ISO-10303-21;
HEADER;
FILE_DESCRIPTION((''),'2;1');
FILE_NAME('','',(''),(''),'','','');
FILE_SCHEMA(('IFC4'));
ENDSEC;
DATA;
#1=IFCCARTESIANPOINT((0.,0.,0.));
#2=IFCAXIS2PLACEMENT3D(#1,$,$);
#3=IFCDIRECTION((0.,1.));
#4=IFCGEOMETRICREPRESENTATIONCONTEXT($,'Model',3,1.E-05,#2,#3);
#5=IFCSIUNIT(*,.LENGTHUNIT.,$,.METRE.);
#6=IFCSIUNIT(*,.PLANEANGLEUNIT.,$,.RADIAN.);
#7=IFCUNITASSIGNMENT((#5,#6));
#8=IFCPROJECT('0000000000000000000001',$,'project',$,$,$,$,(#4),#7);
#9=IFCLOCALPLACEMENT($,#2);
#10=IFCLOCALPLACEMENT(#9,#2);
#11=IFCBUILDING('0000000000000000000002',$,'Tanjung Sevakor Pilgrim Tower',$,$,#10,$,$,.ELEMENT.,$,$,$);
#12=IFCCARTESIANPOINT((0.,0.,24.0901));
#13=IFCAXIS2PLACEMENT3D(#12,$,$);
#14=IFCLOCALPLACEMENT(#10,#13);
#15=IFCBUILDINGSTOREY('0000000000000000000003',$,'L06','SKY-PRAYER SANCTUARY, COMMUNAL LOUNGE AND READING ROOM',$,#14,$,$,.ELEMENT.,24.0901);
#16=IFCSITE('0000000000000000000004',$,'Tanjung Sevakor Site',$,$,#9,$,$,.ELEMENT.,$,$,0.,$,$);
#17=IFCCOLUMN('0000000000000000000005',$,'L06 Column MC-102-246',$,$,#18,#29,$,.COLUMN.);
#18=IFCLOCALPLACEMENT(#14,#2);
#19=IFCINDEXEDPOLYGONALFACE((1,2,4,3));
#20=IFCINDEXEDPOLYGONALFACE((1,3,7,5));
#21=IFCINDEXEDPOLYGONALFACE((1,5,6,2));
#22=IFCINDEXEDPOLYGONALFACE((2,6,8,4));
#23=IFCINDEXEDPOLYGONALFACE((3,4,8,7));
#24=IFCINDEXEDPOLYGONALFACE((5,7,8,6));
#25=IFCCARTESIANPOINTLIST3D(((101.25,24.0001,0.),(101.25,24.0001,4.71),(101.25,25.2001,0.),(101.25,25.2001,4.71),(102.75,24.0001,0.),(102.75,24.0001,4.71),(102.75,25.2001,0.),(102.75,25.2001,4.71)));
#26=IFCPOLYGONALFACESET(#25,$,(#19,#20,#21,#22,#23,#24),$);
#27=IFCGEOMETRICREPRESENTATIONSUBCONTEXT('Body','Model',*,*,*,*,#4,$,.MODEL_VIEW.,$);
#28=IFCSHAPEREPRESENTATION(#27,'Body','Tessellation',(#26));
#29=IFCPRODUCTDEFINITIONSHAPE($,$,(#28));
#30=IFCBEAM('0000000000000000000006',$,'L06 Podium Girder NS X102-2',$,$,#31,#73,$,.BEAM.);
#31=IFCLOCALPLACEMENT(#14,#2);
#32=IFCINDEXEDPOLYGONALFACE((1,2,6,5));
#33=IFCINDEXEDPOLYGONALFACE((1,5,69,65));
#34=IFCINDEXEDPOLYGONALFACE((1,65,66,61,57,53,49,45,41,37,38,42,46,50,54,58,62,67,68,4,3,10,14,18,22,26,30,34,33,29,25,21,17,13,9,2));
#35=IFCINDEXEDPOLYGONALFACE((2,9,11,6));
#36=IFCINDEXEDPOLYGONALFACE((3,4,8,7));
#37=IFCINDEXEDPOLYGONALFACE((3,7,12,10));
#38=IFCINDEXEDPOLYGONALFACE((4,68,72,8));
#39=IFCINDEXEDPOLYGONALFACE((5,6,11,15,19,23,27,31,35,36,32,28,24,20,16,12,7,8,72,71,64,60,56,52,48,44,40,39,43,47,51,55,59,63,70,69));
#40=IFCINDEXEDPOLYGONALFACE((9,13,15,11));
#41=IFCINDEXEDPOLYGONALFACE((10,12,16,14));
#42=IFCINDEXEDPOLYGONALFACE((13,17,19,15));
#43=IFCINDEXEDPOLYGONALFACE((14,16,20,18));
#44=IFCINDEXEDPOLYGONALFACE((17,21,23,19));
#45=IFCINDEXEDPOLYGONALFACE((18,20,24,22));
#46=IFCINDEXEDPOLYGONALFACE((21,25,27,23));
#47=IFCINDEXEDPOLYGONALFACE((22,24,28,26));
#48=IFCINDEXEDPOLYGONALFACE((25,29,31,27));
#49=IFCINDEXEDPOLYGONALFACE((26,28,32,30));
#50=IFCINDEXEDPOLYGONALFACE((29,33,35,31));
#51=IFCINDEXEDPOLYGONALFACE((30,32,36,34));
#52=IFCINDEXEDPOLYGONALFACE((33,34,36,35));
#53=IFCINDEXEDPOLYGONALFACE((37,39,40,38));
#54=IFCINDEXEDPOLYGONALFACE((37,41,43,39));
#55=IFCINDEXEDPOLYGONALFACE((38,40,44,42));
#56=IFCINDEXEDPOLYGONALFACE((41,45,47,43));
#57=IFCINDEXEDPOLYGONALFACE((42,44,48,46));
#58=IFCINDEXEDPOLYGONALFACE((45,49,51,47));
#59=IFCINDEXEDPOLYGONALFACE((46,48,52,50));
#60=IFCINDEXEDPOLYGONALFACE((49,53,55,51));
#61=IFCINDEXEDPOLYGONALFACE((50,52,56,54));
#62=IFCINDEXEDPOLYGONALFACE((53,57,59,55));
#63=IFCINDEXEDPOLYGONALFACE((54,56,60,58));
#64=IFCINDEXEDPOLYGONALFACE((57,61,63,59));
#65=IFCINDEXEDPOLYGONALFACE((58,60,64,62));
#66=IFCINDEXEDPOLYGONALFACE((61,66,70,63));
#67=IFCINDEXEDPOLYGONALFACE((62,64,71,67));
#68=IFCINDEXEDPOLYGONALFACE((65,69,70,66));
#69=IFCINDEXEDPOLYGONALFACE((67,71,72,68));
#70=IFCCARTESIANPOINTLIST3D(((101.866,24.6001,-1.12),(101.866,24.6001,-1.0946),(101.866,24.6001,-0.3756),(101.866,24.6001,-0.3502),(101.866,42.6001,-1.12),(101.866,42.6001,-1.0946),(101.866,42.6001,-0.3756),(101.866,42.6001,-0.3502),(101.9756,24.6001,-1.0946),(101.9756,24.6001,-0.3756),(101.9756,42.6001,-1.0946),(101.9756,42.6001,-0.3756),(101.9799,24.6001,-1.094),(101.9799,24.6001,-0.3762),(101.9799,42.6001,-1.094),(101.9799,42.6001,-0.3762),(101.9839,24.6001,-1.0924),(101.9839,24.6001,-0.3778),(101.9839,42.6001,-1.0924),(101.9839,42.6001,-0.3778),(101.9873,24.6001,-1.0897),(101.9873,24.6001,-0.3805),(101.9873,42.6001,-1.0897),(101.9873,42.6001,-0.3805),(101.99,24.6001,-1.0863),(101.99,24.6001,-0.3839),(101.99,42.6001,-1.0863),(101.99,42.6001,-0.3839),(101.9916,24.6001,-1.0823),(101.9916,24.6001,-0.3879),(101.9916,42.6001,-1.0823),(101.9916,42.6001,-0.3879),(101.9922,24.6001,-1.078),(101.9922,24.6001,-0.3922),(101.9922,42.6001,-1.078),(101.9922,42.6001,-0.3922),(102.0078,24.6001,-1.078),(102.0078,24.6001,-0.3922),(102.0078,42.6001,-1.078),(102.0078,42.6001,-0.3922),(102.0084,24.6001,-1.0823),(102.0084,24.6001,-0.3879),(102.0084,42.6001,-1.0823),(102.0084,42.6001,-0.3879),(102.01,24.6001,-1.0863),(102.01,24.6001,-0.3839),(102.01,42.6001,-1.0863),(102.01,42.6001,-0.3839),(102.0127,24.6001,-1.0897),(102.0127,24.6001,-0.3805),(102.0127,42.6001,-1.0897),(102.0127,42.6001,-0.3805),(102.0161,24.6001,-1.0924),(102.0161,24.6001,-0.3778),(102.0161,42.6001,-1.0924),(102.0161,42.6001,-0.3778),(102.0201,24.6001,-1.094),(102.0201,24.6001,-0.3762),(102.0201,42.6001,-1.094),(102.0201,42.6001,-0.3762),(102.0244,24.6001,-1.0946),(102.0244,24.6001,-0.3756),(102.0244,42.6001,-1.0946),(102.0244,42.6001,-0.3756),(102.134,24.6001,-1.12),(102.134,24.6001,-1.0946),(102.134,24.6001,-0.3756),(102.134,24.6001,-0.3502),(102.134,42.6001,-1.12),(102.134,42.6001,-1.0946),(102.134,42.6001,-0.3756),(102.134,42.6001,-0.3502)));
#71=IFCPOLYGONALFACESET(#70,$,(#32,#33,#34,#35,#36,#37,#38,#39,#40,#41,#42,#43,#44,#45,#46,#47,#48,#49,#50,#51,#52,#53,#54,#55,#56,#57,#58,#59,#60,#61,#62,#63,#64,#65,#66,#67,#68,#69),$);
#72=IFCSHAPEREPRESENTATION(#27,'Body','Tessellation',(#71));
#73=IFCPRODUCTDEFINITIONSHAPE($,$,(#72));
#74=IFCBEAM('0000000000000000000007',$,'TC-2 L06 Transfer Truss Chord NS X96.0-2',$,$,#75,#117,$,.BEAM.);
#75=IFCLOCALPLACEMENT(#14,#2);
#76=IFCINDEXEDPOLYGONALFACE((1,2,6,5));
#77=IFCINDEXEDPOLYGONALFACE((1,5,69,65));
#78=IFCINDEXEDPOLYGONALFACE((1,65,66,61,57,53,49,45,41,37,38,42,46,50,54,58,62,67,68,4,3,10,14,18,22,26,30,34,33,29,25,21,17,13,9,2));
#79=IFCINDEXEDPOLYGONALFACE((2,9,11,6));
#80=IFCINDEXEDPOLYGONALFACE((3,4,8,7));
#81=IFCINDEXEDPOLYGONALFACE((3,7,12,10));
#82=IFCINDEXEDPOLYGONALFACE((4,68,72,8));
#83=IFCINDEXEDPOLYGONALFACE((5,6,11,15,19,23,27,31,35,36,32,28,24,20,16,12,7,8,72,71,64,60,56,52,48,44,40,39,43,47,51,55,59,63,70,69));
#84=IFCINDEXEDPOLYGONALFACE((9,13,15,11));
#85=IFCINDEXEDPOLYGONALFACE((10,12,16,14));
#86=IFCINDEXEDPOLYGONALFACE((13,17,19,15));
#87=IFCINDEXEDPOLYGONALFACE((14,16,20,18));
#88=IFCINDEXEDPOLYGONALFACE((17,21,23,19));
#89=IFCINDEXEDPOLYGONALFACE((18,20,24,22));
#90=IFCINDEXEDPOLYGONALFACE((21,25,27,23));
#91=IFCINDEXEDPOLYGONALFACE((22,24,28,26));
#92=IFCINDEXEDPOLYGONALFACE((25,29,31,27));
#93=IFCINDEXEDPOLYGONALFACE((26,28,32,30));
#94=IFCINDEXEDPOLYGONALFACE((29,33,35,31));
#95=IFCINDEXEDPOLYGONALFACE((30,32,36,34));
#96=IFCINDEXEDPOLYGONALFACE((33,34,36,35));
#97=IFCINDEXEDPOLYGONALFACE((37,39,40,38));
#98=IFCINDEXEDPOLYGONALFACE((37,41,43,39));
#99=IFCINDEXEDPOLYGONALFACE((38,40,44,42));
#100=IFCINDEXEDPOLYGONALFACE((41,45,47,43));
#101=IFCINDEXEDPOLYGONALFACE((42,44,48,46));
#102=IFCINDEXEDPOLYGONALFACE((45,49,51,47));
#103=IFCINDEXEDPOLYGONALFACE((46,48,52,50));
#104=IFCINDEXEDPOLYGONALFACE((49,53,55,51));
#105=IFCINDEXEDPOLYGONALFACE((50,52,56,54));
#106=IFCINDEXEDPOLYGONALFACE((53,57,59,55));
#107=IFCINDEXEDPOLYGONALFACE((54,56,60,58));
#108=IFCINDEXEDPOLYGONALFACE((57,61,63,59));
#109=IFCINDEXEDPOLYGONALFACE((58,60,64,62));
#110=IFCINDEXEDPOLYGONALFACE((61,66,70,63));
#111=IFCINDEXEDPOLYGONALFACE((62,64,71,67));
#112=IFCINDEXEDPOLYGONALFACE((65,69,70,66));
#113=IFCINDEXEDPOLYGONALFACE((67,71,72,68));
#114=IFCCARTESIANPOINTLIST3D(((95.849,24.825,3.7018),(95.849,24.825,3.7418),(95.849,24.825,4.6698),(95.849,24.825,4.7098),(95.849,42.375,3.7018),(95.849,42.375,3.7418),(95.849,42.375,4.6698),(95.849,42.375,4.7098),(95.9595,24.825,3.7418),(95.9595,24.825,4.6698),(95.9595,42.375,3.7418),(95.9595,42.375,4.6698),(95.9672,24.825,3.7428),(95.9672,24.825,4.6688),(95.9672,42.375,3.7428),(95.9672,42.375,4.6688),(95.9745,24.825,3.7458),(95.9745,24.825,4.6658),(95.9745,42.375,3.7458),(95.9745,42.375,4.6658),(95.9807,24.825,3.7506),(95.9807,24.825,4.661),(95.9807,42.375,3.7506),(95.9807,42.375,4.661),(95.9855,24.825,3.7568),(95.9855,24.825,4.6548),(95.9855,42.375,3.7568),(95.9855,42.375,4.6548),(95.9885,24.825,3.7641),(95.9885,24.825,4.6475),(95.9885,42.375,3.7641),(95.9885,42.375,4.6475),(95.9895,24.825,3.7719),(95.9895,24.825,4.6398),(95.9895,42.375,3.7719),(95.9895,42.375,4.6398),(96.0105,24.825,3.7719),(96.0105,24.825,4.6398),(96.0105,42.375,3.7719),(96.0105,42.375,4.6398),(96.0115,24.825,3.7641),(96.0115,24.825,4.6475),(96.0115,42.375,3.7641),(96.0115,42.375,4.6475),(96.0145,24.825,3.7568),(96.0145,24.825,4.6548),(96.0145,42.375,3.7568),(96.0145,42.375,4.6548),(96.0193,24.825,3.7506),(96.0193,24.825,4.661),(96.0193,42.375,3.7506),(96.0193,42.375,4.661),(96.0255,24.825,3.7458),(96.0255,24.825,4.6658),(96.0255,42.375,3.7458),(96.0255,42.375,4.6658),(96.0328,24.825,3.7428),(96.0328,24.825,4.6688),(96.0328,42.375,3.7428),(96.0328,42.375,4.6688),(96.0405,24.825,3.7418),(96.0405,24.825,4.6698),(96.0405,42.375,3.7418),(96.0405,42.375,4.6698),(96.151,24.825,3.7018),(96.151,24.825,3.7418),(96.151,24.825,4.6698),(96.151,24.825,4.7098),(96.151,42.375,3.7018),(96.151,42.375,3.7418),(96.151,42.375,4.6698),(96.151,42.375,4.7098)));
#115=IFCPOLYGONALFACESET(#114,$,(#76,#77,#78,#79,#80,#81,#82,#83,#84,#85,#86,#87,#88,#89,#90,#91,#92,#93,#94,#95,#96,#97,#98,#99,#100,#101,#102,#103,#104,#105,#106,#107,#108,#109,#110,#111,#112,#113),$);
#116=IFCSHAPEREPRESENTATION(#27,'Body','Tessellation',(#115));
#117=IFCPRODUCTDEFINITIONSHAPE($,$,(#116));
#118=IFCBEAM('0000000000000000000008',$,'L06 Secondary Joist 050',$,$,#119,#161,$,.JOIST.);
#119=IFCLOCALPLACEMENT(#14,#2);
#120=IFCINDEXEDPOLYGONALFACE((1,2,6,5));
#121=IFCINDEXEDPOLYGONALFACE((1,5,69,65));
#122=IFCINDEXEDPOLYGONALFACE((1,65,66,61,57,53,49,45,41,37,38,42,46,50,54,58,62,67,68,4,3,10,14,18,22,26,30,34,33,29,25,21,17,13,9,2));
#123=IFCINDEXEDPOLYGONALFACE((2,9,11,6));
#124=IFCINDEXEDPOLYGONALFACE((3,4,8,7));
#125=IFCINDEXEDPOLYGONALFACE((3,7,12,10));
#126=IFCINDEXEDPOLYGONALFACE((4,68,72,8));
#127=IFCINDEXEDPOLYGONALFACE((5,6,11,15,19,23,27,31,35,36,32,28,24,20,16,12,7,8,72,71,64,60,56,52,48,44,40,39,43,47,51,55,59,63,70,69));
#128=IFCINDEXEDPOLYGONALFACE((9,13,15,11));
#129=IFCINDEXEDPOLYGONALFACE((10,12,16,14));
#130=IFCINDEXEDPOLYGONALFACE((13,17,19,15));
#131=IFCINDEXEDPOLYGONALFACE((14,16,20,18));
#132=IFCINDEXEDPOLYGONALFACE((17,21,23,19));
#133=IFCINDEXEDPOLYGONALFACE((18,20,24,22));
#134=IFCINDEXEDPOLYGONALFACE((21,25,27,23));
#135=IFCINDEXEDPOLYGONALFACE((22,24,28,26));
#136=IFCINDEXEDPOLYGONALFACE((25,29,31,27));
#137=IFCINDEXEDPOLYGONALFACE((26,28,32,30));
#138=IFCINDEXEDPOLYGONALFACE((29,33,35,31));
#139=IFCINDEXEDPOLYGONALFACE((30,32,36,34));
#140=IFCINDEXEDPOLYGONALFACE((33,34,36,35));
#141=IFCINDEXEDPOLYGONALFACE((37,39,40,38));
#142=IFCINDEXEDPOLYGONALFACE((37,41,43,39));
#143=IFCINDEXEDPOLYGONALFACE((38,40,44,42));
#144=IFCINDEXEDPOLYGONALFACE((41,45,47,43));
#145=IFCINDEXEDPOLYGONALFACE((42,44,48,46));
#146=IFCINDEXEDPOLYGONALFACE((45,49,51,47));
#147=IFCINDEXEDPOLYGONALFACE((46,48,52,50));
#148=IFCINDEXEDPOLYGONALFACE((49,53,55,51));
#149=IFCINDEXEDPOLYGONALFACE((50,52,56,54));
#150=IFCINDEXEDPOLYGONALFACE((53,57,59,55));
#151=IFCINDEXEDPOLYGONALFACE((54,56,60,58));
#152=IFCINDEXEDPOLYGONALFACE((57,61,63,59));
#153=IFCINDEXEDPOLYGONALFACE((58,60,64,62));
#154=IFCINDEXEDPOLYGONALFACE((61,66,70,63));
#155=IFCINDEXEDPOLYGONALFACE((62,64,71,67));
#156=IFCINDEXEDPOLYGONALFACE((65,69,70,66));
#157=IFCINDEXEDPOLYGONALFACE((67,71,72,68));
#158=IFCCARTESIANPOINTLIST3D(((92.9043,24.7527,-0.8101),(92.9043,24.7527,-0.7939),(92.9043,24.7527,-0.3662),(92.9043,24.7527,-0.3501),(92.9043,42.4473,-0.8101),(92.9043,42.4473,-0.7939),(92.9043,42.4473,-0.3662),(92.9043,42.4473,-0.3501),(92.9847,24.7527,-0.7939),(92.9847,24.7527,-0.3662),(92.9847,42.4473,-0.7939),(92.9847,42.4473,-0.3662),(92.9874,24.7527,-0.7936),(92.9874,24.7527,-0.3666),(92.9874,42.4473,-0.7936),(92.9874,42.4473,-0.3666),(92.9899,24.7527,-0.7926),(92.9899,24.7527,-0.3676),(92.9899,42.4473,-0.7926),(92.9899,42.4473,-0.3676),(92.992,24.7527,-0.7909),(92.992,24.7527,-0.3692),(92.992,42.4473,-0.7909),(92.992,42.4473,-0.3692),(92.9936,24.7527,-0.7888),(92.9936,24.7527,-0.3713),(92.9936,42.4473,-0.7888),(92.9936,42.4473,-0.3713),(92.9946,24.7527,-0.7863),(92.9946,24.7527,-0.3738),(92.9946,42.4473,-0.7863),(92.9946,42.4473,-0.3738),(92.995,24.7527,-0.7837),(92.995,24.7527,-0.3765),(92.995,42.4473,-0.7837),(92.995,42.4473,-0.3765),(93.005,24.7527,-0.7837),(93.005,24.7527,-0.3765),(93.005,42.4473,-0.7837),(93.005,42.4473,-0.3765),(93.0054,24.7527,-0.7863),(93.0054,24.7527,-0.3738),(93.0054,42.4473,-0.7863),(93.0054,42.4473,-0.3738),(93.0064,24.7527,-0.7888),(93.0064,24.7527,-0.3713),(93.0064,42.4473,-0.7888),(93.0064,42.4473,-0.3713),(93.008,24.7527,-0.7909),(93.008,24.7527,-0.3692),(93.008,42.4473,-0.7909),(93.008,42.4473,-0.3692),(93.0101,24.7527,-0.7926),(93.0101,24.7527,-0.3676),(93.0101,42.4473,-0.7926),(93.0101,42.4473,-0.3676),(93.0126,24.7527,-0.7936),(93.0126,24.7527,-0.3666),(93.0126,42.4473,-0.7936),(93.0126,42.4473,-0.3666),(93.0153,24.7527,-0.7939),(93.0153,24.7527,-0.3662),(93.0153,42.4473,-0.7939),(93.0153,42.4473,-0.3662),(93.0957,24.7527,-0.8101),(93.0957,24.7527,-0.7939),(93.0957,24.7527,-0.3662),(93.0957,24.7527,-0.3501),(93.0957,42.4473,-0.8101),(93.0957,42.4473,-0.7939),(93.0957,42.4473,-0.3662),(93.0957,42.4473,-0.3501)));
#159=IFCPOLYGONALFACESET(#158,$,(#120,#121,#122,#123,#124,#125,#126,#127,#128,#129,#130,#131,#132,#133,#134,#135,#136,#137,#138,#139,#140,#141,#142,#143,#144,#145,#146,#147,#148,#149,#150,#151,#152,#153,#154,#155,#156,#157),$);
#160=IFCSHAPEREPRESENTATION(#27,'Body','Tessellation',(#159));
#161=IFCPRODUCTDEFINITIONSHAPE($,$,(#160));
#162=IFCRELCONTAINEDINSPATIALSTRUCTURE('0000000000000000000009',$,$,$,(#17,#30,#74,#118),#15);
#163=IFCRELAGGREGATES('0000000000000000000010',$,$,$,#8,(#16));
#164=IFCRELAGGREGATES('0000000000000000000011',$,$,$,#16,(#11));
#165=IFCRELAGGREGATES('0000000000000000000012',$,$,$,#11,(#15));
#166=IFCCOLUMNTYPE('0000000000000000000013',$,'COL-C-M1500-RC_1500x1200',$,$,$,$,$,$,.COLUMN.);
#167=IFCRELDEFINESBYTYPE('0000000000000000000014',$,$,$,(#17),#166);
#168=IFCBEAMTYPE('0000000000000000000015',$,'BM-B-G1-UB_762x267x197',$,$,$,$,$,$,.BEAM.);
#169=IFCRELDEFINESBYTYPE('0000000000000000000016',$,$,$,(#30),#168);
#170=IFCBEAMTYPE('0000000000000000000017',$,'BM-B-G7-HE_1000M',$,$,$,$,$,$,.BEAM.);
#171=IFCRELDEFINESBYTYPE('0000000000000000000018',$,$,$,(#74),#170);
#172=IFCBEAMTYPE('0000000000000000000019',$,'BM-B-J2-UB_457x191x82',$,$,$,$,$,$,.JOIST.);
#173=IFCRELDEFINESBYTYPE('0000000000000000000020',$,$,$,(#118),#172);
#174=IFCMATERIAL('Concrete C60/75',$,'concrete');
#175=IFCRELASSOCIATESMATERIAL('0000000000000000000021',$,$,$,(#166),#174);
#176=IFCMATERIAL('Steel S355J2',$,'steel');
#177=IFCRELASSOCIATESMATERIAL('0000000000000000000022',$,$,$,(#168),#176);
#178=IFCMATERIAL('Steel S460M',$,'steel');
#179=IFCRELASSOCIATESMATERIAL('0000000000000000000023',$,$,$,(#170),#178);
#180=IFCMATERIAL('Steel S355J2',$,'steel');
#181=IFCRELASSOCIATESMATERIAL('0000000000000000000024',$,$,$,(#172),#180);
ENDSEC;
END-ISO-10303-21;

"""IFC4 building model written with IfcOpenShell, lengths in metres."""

from ifc_helpers import new_model, si_unit, direction, frame, origin, origin_2d, place, context, subcontext, project, spatial, rectangle, i_section, extrude, material, material_profile, profile_set, type_object, element, save


model = new_model("IFC4")

# Units and contexts
model_context = context("Model", 3, precision=1e-05, world=origin(), true_north=direction((0.0, 1.0)))
body_context = subcontext(model_context, "Body", "Model", "MODEL_VIEW")
ifc_project = project(units=[si_unit("LENGTHUNIT", "METRE"), si_unit("PLANEANGLEUNIT", "RADIAN")], contexts=[model_context])

# Site, building, storey
site_placement = place(None, origin())
site = spatial("IfcSite", under=ifc_project, at=site_placement, Name="Tanjung Sevakor Site", CompositionType="ELEMENT", RefElevation=0.0)
building_placement = place(site_placement, origin())
building = spatial("IfcBuilding", under=site, at=building_placement, Name="Tanjung Sevakor Pilgrim Tower", CompositionType="ELEMENT")
storey_placement = place(building_placement, frame((0.0, 0.0, 24.0901)))
storey = spatial("IfcBuildingStorey", under=building, at=storey_placement, Name="L06", Description="SKY-PRAYER SANCTUARY, COMMUNAL LOUNGE AND READING ROOM", CompositionType="ELEMENT", Elevation=24.0901)

# Column
ifc_material_1 = material(Name="Concrete C60/75", Category="concrete")
ifc_material_profile_1 = material_profile(ifc_material_1, rectangle(XDim=1.5, YDim=1.2, at=origin_2d()))
ifc_profile_set_1 = profile_set([ifc_material_profile_1], Name="Concrete C60/75")
column_type = type_object("IfcColumnType", Name="COL-C-M1500-RC_1500x1200", PredefinedType="COLUMN", material=ifc_profile_set_1)
column_placement = place(storey_placement, frame((102.0, 24.6001, 0.0), z_axis=(0.0, 0.0, 1.0), x_axis=(1.0, 0.0, 0.0)))
element("IfcColumn", 1, at=column_placement, inside=storey, type_object=column_type, Name="L06 Column MC-102-246", PredefinedType="COLUMN", context=body_context, shape_type="SweptSolid", body=[
    extrude(rectangle(XDim=1.5, YDim=1.2, at=origin_2d()), origin(), (0.0, 0.0, 1.0), 4.71),
])

# Beams
ifc_material_2 = material(Name="Steel S355J2", Category="steel")
ifc_material_profile_2 = material_profile(ifc_material_2, i_section(OverallWidth=0.2681, OverallDepth=0.7698, WebThickness=0.0156, FlangeThickness=0.0254, FilletRadius=0.0166, at=origin_2d()))
ifc_profile_set_2 = profile_set([ifc_material_profile_2], Name="Steel S355J2")
beam_type_1 = type_object("IfcBeamType", Name="BM-B-G1-UB_762x267x197", PredefinedType="BEAM", material=ifc_profile_set_2)
beam_1_placement = place(storey_placement, frame((102.0, 24.6001, -0.7351), z_axis=(0.0, 1.0, 0.0), x_axis=(-1.0, 0.0, 0.0)))
element("IfcBeam", 2, at=beam_1_placement, inside=storey, type_object=beam_type_1, Name="L06 Podium Girder NS X102-2", PredefinedType="BEAM", context=body_context, shape_type="SweptSolid", body=[
    extrude(i_section(OverallWidth=0.2681, OverallDepth=0.7698, WebThickness=0.0156, FlangeThickness=0.0254, FilletRadius=0.0166, at=origin_2d()), origin(), (0.0, 0.0, 1.0), 18.0),
])
ifc_material_3 = material(Name="Steel S460M", Category="steel")
ifc_material_profile_3 = material_profile(ifc_material_3, i_section(OverallWidth=0.302, OverallDepth=1.0081, WebThickness=0.021, FlangeThickness=0.04, FilletRadius=0.03, at=origin_2d()))
ifc_profile_set_3 = profile_set([ifc_material_profile_3], Name="Steel S460M")
beam_type_2 = type_object("IfcBeamType", Name="BM-B-G7-HE_1000M", PredefinedType="BEAM", material=ifc_profile_set_3)
beam_2_placement = place(storey_placement, frame((96.0, 24.825, 4.2058), z_axis=(0.0, 1.0, 0.0), x_axis=(-1.0, 0.0, 0.0)))
element("IfcBeam", 3, at=beam_2_placement, inside=storey, type_object=beam_type_2, Name="TC-2 L06 Transfer Truss Chord NS X96.0-2", PredefinedType="BEAM", context=body_context, shape_type="SweptSolid", body=[
    extrude(i_section(OverallWidth=0.302, OverallDepth=1.0081, WebThickness=0.021, FlangeThickness=0.04, FilletRadius=0.03, at=origin_2d()), origin(), (0.0, 0.0, 1.0), 17.55),
])
ifc_material_4 = material(Name="Steel S355J2", Category="steel")
ifc_material_profile_4 = material_profile(ifc_material_4, i_section(OverallWidth=0.1914, OverallDepth=0.46, WebThickness=0.01, FlangeThickness=0.0161, FilletRadius=0.0103, at=origin_2d()))
ifc_profile_set_4 = profile_set([ifc_material_profile_4], Name="Steel S355J2")
beam_type_3 = type_object("IfcBeamType", Name="BM-B-J2-UB_457x191x82", PredefinedType="JOIST", material=ifc_profile_set_4)
for number, where, z_axis, x_axis, name in (
    (4, (93.0, 24.7527, -0.5801), (0.0, 1.0, 0.0), (-1.0, 0.0, 0.0), "L06 Secondary Joist 050"),
):
    element("IfcBeam", number, at=place(storey_placement, frame(where, z_axis=z_axis, x_axis=x_axis)), inside=storey, type_object=beam_type_3, Name=name, PredefinedType="JOIST", context=body_context, shape_type="SweptSolid", body=[
        extrude(i_section(OverallWidth=0.1914, OverallDepth=0.46, WebThickness=0.01, FlangeThickness=0.0161, FilletRadius=0.0103, at=origin_2d()), origin(), (0.0, 0.0, 1.0), 17.6946),
    ])

save(model, "model.ifc")
